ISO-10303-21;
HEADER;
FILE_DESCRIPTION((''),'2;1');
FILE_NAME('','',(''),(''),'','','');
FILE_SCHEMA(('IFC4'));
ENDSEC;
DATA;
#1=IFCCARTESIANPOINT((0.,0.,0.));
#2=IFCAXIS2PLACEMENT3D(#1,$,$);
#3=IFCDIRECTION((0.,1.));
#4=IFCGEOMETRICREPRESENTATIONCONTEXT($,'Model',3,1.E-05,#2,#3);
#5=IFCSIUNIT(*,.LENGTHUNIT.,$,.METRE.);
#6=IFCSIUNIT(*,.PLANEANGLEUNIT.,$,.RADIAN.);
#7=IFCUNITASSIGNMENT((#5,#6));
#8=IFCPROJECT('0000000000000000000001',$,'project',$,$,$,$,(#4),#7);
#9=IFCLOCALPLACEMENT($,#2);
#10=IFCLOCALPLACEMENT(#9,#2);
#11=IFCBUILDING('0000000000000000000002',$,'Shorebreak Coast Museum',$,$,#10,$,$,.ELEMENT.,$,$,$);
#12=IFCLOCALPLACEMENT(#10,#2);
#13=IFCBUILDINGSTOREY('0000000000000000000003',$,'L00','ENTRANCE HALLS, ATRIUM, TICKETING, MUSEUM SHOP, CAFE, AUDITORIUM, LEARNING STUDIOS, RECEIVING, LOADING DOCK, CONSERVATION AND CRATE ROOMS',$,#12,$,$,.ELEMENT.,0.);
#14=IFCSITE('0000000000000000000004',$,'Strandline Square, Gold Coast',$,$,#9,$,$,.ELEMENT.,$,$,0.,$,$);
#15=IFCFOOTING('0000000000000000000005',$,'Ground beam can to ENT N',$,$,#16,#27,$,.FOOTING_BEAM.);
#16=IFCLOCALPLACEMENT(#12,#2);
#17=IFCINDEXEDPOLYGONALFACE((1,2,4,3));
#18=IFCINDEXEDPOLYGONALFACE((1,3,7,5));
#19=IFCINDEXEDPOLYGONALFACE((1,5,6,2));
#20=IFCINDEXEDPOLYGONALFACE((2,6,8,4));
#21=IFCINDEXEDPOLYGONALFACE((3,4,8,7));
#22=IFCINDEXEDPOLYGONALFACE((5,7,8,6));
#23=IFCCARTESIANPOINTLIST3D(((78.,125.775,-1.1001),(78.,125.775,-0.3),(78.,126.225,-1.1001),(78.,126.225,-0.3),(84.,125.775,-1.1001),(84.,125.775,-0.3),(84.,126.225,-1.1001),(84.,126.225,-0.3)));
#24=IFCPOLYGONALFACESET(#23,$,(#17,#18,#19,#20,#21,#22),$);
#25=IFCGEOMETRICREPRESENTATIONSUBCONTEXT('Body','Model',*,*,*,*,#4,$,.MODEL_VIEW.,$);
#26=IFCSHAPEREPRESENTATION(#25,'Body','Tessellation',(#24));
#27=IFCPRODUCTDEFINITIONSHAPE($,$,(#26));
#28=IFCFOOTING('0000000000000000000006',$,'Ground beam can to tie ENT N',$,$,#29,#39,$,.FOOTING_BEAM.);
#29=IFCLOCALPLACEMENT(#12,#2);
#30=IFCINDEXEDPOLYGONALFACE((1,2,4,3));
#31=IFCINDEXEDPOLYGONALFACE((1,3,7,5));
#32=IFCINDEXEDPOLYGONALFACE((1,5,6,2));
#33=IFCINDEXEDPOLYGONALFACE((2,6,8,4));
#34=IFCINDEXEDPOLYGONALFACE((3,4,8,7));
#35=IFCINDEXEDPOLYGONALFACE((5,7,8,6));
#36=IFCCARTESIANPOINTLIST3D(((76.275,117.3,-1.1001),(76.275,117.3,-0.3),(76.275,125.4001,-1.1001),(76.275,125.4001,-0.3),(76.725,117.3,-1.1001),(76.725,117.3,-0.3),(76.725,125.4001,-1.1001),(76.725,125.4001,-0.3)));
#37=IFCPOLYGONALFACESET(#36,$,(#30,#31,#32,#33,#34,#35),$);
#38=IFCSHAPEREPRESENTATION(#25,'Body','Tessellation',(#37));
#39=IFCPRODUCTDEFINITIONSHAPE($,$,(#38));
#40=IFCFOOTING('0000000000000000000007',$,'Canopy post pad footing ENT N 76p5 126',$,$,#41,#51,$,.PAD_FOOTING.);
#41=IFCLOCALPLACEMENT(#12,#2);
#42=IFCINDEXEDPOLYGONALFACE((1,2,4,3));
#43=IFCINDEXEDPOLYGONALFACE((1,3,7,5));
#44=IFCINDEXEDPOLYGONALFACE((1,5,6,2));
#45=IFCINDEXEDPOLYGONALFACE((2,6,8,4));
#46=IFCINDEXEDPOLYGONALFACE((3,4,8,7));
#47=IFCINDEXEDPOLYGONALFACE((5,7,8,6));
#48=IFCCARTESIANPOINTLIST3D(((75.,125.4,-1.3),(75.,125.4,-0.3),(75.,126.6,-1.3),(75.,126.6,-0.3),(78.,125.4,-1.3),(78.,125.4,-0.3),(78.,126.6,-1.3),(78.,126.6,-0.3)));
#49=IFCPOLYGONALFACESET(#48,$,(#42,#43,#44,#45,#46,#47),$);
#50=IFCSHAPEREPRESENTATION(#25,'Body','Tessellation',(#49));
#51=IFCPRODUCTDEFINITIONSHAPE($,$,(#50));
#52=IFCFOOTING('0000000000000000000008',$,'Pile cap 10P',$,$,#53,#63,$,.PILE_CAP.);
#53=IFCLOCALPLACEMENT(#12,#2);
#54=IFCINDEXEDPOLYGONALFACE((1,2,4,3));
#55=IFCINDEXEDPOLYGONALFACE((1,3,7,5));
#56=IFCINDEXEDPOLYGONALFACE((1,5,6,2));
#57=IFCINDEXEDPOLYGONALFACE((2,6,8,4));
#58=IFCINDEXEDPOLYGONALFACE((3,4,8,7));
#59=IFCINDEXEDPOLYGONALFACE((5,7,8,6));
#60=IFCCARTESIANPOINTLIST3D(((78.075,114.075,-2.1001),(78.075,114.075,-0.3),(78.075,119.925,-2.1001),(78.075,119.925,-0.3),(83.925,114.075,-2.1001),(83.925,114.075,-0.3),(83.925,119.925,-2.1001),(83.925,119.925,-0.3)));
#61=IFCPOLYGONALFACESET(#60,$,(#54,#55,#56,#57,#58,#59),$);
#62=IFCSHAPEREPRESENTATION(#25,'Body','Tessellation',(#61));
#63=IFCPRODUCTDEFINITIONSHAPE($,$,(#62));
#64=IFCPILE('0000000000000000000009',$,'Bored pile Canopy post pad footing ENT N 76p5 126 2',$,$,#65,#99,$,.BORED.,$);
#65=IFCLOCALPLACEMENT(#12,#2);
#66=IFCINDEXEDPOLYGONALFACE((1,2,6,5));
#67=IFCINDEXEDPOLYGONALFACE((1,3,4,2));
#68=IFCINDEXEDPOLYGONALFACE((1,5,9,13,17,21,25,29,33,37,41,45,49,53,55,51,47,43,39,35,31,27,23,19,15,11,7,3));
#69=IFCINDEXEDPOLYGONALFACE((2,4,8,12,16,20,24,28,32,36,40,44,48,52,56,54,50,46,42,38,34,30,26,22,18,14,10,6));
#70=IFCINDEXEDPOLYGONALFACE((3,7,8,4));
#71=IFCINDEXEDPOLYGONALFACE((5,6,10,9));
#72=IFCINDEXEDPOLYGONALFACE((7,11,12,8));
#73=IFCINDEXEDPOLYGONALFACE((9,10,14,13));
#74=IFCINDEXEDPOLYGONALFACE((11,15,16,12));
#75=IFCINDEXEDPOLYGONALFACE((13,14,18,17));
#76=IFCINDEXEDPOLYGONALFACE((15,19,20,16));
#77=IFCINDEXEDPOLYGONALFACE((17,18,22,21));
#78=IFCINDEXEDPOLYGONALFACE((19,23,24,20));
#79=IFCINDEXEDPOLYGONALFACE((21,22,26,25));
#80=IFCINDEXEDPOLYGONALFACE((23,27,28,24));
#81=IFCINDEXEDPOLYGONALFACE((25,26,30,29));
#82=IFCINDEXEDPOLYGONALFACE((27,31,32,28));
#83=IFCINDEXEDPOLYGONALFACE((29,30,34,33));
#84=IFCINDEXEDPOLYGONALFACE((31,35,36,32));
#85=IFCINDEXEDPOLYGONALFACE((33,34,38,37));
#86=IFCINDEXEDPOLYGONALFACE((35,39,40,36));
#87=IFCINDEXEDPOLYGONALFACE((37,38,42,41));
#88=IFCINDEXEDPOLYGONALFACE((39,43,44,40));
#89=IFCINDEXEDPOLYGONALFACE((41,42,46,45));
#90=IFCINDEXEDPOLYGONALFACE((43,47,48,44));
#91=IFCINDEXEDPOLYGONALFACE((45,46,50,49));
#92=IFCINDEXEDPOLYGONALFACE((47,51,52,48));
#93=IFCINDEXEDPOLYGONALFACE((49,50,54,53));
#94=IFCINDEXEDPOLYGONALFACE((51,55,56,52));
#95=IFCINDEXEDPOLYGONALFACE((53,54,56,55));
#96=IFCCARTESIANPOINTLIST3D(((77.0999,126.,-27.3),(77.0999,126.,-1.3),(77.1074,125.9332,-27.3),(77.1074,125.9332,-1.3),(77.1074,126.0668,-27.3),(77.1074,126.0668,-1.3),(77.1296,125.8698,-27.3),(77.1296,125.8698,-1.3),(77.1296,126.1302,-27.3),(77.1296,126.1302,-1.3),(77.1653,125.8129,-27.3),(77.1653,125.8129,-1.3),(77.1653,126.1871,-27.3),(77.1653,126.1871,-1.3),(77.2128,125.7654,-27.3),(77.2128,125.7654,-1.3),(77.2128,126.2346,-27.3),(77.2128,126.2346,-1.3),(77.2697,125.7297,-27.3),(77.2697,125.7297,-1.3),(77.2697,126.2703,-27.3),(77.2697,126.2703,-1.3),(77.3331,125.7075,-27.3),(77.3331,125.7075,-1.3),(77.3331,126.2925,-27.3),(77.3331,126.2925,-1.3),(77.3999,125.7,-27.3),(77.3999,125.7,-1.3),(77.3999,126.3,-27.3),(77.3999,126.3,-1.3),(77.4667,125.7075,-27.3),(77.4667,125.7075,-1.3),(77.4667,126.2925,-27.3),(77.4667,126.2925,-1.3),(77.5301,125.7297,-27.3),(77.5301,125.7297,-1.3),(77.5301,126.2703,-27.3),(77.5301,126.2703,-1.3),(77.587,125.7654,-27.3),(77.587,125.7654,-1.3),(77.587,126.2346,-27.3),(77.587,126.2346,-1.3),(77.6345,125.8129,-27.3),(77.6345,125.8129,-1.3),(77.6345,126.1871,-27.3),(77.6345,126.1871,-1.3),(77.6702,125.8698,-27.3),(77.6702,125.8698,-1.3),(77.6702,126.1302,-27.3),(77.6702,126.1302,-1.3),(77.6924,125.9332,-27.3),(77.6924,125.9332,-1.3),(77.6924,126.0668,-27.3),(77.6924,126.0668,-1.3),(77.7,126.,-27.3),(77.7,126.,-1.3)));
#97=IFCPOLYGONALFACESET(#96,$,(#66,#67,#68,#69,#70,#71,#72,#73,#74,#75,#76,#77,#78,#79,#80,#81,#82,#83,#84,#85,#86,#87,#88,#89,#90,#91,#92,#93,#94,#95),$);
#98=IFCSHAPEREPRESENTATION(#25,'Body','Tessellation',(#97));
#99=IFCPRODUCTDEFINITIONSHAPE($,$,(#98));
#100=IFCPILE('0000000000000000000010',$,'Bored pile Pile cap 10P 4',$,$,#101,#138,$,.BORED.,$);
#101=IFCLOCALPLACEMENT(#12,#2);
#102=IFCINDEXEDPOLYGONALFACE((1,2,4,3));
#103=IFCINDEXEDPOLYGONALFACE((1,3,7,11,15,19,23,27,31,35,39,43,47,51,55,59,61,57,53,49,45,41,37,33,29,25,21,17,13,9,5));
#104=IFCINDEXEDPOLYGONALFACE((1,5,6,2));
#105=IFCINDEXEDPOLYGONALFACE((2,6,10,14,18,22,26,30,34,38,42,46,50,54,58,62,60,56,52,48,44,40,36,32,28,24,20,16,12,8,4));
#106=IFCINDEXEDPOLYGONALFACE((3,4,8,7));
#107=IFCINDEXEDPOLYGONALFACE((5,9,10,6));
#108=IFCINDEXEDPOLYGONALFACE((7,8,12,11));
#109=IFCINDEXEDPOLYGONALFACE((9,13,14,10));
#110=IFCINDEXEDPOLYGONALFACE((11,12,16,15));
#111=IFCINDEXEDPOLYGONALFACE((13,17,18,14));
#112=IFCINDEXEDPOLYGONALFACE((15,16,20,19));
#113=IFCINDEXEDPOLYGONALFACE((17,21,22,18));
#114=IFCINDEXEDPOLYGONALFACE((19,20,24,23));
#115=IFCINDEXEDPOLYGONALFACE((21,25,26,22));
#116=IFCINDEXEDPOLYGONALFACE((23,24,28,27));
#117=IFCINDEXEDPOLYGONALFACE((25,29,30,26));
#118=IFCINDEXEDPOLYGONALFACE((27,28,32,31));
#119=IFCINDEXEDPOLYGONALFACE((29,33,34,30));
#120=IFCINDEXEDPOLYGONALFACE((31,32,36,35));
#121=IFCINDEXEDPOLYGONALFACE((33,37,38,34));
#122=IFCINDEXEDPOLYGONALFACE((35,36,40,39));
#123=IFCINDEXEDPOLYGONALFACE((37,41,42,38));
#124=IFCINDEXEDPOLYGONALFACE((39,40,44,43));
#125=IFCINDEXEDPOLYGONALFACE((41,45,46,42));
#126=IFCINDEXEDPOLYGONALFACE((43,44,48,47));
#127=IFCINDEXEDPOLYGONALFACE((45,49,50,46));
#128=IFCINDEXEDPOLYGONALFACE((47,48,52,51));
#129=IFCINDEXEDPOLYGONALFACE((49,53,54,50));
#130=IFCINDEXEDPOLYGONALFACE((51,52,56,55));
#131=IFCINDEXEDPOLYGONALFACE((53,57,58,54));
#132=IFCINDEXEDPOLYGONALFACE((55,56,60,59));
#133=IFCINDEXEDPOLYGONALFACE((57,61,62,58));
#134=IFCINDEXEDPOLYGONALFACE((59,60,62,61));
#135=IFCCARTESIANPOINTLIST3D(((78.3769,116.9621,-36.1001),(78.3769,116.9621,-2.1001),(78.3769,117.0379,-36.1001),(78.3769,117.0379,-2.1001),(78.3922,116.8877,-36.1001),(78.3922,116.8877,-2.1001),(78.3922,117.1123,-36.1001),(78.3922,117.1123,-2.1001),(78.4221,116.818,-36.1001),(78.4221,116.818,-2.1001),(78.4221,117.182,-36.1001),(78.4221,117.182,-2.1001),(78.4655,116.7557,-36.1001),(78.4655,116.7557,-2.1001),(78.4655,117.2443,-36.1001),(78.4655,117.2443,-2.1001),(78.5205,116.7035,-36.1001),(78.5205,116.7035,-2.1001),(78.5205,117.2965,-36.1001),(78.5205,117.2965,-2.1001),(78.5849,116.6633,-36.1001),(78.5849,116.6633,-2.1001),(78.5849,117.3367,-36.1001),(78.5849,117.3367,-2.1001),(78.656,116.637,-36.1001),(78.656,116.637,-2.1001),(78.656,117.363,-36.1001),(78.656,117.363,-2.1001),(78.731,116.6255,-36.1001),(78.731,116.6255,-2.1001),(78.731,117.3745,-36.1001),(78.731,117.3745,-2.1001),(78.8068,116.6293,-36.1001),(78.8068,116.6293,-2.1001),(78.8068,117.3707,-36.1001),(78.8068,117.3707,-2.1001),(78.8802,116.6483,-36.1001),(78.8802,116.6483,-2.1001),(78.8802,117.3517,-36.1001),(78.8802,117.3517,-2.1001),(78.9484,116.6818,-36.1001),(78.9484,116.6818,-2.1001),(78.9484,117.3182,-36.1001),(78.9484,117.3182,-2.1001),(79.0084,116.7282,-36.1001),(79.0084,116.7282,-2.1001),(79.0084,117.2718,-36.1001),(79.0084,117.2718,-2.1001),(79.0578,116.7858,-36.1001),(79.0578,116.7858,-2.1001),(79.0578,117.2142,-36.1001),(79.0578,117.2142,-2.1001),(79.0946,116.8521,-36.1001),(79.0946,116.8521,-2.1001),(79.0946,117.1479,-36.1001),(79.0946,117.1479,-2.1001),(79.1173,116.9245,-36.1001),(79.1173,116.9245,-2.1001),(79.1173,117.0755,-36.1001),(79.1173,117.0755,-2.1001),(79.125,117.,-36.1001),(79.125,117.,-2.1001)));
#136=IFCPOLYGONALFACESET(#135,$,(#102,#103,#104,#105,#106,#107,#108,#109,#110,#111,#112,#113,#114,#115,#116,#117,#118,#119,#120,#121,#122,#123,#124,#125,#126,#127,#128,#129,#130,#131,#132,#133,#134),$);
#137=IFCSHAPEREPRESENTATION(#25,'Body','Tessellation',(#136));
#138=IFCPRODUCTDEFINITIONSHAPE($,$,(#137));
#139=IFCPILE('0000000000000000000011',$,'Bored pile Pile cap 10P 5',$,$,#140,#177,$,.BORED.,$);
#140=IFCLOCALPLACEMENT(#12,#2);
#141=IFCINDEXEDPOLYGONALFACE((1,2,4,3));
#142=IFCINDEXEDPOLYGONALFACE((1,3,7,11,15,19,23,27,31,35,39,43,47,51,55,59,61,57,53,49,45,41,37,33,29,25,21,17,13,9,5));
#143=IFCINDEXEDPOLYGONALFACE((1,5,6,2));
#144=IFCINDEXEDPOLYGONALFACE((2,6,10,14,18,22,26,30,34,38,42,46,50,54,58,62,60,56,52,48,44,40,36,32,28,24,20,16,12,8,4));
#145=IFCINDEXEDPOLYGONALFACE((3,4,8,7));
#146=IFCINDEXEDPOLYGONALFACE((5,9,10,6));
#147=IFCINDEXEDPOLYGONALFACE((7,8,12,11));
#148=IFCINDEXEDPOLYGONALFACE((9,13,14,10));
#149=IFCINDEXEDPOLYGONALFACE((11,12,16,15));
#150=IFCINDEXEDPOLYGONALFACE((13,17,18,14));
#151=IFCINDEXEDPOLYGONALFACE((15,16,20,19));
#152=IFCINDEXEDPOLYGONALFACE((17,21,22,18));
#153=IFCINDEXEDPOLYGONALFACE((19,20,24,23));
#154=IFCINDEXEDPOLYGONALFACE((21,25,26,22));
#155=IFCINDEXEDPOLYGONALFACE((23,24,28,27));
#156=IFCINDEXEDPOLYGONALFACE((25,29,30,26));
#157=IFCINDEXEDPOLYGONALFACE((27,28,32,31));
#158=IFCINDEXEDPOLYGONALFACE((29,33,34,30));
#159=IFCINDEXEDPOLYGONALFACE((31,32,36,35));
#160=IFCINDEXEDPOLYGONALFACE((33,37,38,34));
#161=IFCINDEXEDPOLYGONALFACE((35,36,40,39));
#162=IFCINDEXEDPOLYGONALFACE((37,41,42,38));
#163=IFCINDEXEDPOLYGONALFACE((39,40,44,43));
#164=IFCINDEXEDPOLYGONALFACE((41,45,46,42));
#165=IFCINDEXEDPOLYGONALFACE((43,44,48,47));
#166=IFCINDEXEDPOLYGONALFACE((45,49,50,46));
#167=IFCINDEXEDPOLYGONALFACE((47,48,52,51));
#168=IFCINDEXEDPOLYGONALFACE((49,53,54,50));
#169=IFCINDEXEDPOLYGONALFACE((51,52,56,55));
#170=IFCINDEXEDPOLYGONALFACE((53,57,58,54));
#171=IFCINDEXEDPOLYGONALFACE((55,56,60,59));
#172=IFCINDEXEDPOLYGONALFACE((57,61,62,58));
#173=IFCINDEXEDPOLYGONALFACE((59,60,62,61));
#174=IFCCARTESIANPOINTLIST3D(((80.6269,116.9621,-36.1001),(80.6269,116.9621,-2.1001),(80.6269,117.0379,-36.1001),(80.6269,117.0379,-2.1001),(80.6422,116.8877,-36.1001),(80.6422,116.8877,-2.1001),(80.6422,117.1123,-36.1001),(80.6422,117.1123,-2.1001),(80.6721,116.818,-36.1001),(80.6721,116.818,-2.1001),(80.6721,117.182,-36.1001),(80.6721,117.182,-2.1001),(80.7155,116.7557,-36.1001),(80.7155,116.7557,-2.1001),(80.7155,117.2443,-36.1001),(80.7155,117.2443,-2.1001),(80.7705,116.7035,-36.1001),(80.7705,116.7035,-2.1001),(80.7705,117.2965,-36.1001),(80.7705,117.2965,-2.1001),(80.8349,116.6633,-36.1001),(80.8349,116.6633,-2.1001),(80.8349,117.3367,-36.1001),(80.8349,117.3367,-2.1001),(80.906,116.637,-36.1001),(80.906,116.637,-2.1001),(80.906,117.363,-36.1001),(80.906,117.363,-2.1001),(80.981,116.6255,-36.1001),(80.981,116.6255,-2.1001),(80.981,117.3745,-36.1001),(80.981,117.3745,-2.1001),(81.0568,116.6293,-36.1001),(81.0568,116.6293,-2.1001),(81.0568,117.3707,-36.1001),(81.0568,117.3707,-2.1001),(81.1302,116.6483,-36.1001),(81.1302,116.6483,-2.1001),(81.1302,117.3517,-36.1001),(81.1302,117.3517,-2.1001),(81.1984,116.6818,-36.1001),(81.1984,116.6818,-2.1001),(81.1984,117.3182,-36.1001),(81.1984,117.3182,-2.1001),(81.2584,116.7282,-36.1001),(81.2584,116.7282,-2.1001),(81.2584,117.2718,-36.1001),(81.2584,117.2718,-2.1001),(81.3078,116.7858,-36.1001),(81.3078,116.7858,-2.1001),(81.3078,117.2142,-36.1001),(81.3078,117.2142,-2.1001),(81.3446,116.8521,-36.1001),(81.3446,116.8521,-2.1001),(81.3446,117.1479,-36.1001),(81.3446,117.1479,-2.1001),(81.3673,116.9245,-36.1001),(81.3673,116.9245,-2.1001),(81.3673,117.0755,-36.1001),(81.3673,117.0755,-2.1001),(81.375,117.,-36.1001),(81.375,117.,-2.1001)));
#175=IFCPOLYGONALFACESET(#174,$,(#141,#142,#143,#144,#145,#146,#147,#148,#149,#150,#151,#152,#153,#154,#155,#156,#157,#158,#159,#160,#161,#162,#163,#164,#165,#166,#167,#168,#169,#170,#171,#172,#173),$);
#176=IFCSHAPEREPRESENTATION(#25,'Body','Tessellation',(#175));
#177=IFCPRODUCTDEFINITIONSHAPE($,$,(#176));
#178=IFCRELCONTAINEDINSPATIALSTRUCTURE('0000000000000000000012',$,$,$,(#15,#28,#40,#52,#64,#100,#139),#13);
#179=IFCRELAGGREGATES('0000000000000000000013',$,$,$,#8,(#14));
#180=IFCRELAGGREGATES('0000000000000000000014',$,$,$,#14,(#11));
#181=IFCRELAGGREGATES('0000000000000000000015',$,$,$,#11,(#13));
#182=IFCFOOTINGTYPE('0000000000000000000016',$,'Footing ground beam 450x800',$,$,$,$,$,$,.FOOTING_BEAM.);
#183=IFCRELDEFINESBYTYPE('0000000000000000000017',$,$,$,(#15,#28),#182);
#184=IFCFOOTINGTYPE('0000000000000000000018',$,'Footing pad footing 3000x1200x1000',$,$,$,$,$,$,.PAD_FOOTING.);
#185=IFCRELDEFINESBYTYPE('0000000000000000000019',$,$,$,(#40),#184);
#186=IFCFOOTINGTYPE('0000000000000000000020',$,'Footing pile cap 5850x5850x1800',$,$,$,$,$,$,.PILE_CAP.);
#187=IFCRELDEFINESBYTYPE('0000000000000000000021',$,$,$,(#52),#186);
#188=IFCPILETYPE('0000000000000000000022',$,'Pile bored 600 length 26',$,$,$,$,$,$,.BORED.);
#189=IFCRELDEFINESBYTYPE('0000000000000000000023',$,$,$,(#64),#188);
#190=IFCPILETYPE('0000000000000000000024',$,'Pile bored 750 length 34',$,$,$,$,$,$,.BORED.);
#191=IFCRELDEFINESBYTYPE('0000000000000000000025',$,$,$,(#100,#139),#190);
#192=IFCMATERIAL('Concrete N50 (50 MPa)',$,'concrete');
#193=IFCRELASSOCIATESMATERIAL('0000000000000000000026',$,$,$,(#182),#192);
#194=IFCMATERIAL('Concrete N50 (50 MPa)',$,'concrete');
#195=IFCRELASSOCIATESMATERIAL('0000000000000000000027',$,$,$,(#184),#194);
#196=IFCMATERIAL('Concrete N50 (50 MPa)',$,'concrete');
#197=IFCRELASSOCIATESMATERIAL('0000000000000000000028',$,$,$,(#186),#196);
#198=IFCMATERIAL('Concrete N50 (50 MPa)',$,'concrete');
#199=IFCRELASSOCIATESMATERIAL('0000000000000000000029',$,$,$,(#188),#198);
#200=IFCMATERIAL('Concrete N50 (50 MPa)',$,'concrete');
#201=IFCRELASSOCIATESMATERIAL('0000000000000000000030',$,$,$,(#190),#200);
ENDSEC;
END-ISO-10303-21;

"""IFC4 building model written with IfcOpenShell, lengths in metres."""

from ifc_helpers import new_model, si_unit, direction, frame, origin, origin_2d, place, context, subcontext, project, spatial, rectangle, circle, extrude, material, material_profile, profile_set, type_object, element, save


model = new_model("IFC4")

# Units and contexts
model_context = context("Model", 3, precision=1e-05, world=origin(), true_north=direction((0.0, 1.0)))
body_context = subcontext(model_context, "Body", "Model", "MODEL_VIEW")
ifc_project = project(units=[si_unit("LENGTHUNIT", "METRE"), si_unit("PLANEANGLEUNIT", "RADIAN")], contexts=[model_context])

# Site, building, storey
site_placement = place(None, origin())
site = spatial("IfcSite", under=ifc_project, at=site_placement, Name="Strandline Square, Gold Coast", CompositionType="ELEMENT", RefElevation=0.0)
building_placement = place(site_placement, origin())
building = spatial("IfcBuilding", under=site, at=building_placement, Name="Shorebreak Coast Museum", CompositionType="ELEMENT")
storey_placement = place(building_placement, origin())
storey = spatial("IfcBuildingStorey", under=building, at=storey_placement, Name="L00", Description="ENTRANCE HALLS, ATRIUM, TICKETING, MUSEUM SHOP, CAFE, AUDITORIUM, LEARNING STUDIOS, RECEIVING, LOADING DOCK, CONSERVATION AND CRATE ROOMS", CompositionType="ELEMENT", Elevation=0.0)

# Footings
ifc_material_1 = material(Name="Concrete N50 (50 MPa)", Category="concrete")
footing_type_1 = type_object("IfcFootingType", Name="Footing ground beam 450x800", PredefinedType="FOOTING_BEAM", material=ifc_material_1)
footing_1_placement = place(storey_placement, frame((81.0, 126.0, -1.1001), z_axis=(0.0, 0.0, 1.0), x_axis=(1.0, 0.0, 0.0)))
element("IfcFooting", 1, at=footing_1_placement, inside=storey, type_object=footing_type_1, Name="Ground beam can to ENT N", PredefinedType="FOOTING_BEAM", context=body_context, shape_type="SweptSolid", body=[
    extrude(rectangle(XDim=6.0, YDim=0.45, at=origin_2d()), origin(), (0.0, 0.0, 1.0), 0.8),
])
footing_2_placement = place(storey_placement, frame((76.5, 121.3501, -1.1001), z_axis=(0.0, 0.0, 1.0), x_axis=(1.0, 0.0, 0.0)))
element("IfcFooting", 2, at=footing_2_placement, inside=storey, type_object=footing_type_1, Name="Ground beam can to tie ENT N", PredefinedType="FOOTING_BEAM", context=body_context, shape_type="SweptSolid", body=[
    extrude(rectangle(XDim=0.45, YDim=8.1001, at=origin_2d()), origin(), (0.0, 0.0, 1.0), 0.8),
])
ifc_material_2 = material(Name="Concrete N50 (50 MPa)", Category="concrete")
footing_type_2 = type_object("IfcFootingType", Name="Footing pad footing 3000x1200x1000", PredefinedType="PAD_FOOTING", material=ifc_material_2)
footing_3_placement = place(storey_placement, frame((76.5, 126.0, -1.3), z_axis=(0.0, 0.0, 1.0), x_axis=(1.0, 0.0, 0.0)))
element("IfcFooting", 3, at=footing_3_placement, inside=storey, type_object=footing_type_2, Name="Canopy post pad footing ENT N 76p5 126", PredefinedType="PAD_FOOTING", context=body_context, shape_type="SweptSolid", body=[
    extrude(rectangle(XDim=3.0, YDim=1.2, at=origin_2d()), origin(), (0.0, 0.0, 1.0), 1.0),
])
ifc_material_3 = material(Name="Concrete N50 (50 MPa)", Category="concrete")
footing_type_3 = type_object("IfcFootingType", Name="Footing pile cap 5850x5850x1800", PredefinedType="PILE_CAP", material=ifc_material_3)
footing_4_placement = place(storey_placement, frame((81.0, 117.0, -2.1001), z_axis=(0.0, 0.0, 1.0), x_axis=(1.0, 0.0, 0.0)))
element("IfcFooting", 4, at=footing_4_placement, inside=storey, type_object=footing_type_3, Name="Pile cap 10P", PredefinedType="PILE_CAP", context=body_context, shape_type="SweptSolid", body=[
    extrude(rectangle(XDim=5.8501, YDim=5.8501, at=origin_2d()), origin(), (0.0, 0.0, 1.0), 1.8),
])

# Piles
ifc_material_4 = material(Name="Concrete N50 (50 MPa)", Category="concrete")
ifc_material_profile_1 = material_profile(ifc_material_4, circle(Radius=0.3, at=origin_2d()), Name="Pile bored 600 length 26")
ifc_profile_set_1 = profile_set([ifc_material_profile_1], Name="Concrete N50 (50 MPa)")
pile_type_1 = type_object("IfcPileType", Name="Pile bored 600 length 26", PredefinedType="BORED", material=ifc_profile_set_1)
pile_placement = place(storey_placement, frame((77.3999, 126.0, -1.3), z_axis=(0.0, 0.0, -1.0), x_axis=(1.0, 0.0, 0.0)))
element("IfcPile", 5, at=pile_placement, inside=storey, type_object=pile_type_1, Name="Bored pile Canopy post pad footing ENT N 76p5 126 2", PredefinedType="BORED", context=body_context, shape_type="SweptSolid", body=[
    extrude(circle(Radius=0.3, at=origin_2d()), origin(), (0.0, 0.0, 1.0), 26.0),
])
ifc_material_5 = material(Name="Concrete N50 (50 MPa)", Category="concrete")
ifc_material_profile_2 = material_profile(ifc_material_5, circle(Radius=0.375, at=origin_2d()), Name="Pile bored 750 length 34")
ifc_profile_set_2 = profile_set([ifc_material_profile_2], Name="Concrete N50 (50 MPa)")
pile_type_2 = type_object("IfcPileType", Name="Pile bored 750 length 34", PredefinedType="BORED", material=ifc_profile_set_2)
for number, where, z_axis, x_axis, name in (
    (6, (78.75, 117.0, -2.1001), (0.0, 0.0, -1.0), (1.0, 0.0, 0.0), "Bored pile Pile cap 10P 4"),
    (7, (81.0, 117.0, -2.1001), (0.0, 0.0, -1.0), (1.0, 0.0, 0.0), "Bored pile Pile cap 10P 5"),
):
    element("IfcPile", number, at=place(storey_placement, frame(where, z_axis=z_axis, x_axis=x_axis)), inside=storey, type_object=pile_type_2, Name=name, PredefinedType="BORED", context=body_context, shape_type="SweptSolid", body=[
        extrude(circle(Radius=0.375, at=origin_2d()), origin(), (0.0, 0.0, 1.0), 34.0),
    ])

save(model, "model.ifc")
